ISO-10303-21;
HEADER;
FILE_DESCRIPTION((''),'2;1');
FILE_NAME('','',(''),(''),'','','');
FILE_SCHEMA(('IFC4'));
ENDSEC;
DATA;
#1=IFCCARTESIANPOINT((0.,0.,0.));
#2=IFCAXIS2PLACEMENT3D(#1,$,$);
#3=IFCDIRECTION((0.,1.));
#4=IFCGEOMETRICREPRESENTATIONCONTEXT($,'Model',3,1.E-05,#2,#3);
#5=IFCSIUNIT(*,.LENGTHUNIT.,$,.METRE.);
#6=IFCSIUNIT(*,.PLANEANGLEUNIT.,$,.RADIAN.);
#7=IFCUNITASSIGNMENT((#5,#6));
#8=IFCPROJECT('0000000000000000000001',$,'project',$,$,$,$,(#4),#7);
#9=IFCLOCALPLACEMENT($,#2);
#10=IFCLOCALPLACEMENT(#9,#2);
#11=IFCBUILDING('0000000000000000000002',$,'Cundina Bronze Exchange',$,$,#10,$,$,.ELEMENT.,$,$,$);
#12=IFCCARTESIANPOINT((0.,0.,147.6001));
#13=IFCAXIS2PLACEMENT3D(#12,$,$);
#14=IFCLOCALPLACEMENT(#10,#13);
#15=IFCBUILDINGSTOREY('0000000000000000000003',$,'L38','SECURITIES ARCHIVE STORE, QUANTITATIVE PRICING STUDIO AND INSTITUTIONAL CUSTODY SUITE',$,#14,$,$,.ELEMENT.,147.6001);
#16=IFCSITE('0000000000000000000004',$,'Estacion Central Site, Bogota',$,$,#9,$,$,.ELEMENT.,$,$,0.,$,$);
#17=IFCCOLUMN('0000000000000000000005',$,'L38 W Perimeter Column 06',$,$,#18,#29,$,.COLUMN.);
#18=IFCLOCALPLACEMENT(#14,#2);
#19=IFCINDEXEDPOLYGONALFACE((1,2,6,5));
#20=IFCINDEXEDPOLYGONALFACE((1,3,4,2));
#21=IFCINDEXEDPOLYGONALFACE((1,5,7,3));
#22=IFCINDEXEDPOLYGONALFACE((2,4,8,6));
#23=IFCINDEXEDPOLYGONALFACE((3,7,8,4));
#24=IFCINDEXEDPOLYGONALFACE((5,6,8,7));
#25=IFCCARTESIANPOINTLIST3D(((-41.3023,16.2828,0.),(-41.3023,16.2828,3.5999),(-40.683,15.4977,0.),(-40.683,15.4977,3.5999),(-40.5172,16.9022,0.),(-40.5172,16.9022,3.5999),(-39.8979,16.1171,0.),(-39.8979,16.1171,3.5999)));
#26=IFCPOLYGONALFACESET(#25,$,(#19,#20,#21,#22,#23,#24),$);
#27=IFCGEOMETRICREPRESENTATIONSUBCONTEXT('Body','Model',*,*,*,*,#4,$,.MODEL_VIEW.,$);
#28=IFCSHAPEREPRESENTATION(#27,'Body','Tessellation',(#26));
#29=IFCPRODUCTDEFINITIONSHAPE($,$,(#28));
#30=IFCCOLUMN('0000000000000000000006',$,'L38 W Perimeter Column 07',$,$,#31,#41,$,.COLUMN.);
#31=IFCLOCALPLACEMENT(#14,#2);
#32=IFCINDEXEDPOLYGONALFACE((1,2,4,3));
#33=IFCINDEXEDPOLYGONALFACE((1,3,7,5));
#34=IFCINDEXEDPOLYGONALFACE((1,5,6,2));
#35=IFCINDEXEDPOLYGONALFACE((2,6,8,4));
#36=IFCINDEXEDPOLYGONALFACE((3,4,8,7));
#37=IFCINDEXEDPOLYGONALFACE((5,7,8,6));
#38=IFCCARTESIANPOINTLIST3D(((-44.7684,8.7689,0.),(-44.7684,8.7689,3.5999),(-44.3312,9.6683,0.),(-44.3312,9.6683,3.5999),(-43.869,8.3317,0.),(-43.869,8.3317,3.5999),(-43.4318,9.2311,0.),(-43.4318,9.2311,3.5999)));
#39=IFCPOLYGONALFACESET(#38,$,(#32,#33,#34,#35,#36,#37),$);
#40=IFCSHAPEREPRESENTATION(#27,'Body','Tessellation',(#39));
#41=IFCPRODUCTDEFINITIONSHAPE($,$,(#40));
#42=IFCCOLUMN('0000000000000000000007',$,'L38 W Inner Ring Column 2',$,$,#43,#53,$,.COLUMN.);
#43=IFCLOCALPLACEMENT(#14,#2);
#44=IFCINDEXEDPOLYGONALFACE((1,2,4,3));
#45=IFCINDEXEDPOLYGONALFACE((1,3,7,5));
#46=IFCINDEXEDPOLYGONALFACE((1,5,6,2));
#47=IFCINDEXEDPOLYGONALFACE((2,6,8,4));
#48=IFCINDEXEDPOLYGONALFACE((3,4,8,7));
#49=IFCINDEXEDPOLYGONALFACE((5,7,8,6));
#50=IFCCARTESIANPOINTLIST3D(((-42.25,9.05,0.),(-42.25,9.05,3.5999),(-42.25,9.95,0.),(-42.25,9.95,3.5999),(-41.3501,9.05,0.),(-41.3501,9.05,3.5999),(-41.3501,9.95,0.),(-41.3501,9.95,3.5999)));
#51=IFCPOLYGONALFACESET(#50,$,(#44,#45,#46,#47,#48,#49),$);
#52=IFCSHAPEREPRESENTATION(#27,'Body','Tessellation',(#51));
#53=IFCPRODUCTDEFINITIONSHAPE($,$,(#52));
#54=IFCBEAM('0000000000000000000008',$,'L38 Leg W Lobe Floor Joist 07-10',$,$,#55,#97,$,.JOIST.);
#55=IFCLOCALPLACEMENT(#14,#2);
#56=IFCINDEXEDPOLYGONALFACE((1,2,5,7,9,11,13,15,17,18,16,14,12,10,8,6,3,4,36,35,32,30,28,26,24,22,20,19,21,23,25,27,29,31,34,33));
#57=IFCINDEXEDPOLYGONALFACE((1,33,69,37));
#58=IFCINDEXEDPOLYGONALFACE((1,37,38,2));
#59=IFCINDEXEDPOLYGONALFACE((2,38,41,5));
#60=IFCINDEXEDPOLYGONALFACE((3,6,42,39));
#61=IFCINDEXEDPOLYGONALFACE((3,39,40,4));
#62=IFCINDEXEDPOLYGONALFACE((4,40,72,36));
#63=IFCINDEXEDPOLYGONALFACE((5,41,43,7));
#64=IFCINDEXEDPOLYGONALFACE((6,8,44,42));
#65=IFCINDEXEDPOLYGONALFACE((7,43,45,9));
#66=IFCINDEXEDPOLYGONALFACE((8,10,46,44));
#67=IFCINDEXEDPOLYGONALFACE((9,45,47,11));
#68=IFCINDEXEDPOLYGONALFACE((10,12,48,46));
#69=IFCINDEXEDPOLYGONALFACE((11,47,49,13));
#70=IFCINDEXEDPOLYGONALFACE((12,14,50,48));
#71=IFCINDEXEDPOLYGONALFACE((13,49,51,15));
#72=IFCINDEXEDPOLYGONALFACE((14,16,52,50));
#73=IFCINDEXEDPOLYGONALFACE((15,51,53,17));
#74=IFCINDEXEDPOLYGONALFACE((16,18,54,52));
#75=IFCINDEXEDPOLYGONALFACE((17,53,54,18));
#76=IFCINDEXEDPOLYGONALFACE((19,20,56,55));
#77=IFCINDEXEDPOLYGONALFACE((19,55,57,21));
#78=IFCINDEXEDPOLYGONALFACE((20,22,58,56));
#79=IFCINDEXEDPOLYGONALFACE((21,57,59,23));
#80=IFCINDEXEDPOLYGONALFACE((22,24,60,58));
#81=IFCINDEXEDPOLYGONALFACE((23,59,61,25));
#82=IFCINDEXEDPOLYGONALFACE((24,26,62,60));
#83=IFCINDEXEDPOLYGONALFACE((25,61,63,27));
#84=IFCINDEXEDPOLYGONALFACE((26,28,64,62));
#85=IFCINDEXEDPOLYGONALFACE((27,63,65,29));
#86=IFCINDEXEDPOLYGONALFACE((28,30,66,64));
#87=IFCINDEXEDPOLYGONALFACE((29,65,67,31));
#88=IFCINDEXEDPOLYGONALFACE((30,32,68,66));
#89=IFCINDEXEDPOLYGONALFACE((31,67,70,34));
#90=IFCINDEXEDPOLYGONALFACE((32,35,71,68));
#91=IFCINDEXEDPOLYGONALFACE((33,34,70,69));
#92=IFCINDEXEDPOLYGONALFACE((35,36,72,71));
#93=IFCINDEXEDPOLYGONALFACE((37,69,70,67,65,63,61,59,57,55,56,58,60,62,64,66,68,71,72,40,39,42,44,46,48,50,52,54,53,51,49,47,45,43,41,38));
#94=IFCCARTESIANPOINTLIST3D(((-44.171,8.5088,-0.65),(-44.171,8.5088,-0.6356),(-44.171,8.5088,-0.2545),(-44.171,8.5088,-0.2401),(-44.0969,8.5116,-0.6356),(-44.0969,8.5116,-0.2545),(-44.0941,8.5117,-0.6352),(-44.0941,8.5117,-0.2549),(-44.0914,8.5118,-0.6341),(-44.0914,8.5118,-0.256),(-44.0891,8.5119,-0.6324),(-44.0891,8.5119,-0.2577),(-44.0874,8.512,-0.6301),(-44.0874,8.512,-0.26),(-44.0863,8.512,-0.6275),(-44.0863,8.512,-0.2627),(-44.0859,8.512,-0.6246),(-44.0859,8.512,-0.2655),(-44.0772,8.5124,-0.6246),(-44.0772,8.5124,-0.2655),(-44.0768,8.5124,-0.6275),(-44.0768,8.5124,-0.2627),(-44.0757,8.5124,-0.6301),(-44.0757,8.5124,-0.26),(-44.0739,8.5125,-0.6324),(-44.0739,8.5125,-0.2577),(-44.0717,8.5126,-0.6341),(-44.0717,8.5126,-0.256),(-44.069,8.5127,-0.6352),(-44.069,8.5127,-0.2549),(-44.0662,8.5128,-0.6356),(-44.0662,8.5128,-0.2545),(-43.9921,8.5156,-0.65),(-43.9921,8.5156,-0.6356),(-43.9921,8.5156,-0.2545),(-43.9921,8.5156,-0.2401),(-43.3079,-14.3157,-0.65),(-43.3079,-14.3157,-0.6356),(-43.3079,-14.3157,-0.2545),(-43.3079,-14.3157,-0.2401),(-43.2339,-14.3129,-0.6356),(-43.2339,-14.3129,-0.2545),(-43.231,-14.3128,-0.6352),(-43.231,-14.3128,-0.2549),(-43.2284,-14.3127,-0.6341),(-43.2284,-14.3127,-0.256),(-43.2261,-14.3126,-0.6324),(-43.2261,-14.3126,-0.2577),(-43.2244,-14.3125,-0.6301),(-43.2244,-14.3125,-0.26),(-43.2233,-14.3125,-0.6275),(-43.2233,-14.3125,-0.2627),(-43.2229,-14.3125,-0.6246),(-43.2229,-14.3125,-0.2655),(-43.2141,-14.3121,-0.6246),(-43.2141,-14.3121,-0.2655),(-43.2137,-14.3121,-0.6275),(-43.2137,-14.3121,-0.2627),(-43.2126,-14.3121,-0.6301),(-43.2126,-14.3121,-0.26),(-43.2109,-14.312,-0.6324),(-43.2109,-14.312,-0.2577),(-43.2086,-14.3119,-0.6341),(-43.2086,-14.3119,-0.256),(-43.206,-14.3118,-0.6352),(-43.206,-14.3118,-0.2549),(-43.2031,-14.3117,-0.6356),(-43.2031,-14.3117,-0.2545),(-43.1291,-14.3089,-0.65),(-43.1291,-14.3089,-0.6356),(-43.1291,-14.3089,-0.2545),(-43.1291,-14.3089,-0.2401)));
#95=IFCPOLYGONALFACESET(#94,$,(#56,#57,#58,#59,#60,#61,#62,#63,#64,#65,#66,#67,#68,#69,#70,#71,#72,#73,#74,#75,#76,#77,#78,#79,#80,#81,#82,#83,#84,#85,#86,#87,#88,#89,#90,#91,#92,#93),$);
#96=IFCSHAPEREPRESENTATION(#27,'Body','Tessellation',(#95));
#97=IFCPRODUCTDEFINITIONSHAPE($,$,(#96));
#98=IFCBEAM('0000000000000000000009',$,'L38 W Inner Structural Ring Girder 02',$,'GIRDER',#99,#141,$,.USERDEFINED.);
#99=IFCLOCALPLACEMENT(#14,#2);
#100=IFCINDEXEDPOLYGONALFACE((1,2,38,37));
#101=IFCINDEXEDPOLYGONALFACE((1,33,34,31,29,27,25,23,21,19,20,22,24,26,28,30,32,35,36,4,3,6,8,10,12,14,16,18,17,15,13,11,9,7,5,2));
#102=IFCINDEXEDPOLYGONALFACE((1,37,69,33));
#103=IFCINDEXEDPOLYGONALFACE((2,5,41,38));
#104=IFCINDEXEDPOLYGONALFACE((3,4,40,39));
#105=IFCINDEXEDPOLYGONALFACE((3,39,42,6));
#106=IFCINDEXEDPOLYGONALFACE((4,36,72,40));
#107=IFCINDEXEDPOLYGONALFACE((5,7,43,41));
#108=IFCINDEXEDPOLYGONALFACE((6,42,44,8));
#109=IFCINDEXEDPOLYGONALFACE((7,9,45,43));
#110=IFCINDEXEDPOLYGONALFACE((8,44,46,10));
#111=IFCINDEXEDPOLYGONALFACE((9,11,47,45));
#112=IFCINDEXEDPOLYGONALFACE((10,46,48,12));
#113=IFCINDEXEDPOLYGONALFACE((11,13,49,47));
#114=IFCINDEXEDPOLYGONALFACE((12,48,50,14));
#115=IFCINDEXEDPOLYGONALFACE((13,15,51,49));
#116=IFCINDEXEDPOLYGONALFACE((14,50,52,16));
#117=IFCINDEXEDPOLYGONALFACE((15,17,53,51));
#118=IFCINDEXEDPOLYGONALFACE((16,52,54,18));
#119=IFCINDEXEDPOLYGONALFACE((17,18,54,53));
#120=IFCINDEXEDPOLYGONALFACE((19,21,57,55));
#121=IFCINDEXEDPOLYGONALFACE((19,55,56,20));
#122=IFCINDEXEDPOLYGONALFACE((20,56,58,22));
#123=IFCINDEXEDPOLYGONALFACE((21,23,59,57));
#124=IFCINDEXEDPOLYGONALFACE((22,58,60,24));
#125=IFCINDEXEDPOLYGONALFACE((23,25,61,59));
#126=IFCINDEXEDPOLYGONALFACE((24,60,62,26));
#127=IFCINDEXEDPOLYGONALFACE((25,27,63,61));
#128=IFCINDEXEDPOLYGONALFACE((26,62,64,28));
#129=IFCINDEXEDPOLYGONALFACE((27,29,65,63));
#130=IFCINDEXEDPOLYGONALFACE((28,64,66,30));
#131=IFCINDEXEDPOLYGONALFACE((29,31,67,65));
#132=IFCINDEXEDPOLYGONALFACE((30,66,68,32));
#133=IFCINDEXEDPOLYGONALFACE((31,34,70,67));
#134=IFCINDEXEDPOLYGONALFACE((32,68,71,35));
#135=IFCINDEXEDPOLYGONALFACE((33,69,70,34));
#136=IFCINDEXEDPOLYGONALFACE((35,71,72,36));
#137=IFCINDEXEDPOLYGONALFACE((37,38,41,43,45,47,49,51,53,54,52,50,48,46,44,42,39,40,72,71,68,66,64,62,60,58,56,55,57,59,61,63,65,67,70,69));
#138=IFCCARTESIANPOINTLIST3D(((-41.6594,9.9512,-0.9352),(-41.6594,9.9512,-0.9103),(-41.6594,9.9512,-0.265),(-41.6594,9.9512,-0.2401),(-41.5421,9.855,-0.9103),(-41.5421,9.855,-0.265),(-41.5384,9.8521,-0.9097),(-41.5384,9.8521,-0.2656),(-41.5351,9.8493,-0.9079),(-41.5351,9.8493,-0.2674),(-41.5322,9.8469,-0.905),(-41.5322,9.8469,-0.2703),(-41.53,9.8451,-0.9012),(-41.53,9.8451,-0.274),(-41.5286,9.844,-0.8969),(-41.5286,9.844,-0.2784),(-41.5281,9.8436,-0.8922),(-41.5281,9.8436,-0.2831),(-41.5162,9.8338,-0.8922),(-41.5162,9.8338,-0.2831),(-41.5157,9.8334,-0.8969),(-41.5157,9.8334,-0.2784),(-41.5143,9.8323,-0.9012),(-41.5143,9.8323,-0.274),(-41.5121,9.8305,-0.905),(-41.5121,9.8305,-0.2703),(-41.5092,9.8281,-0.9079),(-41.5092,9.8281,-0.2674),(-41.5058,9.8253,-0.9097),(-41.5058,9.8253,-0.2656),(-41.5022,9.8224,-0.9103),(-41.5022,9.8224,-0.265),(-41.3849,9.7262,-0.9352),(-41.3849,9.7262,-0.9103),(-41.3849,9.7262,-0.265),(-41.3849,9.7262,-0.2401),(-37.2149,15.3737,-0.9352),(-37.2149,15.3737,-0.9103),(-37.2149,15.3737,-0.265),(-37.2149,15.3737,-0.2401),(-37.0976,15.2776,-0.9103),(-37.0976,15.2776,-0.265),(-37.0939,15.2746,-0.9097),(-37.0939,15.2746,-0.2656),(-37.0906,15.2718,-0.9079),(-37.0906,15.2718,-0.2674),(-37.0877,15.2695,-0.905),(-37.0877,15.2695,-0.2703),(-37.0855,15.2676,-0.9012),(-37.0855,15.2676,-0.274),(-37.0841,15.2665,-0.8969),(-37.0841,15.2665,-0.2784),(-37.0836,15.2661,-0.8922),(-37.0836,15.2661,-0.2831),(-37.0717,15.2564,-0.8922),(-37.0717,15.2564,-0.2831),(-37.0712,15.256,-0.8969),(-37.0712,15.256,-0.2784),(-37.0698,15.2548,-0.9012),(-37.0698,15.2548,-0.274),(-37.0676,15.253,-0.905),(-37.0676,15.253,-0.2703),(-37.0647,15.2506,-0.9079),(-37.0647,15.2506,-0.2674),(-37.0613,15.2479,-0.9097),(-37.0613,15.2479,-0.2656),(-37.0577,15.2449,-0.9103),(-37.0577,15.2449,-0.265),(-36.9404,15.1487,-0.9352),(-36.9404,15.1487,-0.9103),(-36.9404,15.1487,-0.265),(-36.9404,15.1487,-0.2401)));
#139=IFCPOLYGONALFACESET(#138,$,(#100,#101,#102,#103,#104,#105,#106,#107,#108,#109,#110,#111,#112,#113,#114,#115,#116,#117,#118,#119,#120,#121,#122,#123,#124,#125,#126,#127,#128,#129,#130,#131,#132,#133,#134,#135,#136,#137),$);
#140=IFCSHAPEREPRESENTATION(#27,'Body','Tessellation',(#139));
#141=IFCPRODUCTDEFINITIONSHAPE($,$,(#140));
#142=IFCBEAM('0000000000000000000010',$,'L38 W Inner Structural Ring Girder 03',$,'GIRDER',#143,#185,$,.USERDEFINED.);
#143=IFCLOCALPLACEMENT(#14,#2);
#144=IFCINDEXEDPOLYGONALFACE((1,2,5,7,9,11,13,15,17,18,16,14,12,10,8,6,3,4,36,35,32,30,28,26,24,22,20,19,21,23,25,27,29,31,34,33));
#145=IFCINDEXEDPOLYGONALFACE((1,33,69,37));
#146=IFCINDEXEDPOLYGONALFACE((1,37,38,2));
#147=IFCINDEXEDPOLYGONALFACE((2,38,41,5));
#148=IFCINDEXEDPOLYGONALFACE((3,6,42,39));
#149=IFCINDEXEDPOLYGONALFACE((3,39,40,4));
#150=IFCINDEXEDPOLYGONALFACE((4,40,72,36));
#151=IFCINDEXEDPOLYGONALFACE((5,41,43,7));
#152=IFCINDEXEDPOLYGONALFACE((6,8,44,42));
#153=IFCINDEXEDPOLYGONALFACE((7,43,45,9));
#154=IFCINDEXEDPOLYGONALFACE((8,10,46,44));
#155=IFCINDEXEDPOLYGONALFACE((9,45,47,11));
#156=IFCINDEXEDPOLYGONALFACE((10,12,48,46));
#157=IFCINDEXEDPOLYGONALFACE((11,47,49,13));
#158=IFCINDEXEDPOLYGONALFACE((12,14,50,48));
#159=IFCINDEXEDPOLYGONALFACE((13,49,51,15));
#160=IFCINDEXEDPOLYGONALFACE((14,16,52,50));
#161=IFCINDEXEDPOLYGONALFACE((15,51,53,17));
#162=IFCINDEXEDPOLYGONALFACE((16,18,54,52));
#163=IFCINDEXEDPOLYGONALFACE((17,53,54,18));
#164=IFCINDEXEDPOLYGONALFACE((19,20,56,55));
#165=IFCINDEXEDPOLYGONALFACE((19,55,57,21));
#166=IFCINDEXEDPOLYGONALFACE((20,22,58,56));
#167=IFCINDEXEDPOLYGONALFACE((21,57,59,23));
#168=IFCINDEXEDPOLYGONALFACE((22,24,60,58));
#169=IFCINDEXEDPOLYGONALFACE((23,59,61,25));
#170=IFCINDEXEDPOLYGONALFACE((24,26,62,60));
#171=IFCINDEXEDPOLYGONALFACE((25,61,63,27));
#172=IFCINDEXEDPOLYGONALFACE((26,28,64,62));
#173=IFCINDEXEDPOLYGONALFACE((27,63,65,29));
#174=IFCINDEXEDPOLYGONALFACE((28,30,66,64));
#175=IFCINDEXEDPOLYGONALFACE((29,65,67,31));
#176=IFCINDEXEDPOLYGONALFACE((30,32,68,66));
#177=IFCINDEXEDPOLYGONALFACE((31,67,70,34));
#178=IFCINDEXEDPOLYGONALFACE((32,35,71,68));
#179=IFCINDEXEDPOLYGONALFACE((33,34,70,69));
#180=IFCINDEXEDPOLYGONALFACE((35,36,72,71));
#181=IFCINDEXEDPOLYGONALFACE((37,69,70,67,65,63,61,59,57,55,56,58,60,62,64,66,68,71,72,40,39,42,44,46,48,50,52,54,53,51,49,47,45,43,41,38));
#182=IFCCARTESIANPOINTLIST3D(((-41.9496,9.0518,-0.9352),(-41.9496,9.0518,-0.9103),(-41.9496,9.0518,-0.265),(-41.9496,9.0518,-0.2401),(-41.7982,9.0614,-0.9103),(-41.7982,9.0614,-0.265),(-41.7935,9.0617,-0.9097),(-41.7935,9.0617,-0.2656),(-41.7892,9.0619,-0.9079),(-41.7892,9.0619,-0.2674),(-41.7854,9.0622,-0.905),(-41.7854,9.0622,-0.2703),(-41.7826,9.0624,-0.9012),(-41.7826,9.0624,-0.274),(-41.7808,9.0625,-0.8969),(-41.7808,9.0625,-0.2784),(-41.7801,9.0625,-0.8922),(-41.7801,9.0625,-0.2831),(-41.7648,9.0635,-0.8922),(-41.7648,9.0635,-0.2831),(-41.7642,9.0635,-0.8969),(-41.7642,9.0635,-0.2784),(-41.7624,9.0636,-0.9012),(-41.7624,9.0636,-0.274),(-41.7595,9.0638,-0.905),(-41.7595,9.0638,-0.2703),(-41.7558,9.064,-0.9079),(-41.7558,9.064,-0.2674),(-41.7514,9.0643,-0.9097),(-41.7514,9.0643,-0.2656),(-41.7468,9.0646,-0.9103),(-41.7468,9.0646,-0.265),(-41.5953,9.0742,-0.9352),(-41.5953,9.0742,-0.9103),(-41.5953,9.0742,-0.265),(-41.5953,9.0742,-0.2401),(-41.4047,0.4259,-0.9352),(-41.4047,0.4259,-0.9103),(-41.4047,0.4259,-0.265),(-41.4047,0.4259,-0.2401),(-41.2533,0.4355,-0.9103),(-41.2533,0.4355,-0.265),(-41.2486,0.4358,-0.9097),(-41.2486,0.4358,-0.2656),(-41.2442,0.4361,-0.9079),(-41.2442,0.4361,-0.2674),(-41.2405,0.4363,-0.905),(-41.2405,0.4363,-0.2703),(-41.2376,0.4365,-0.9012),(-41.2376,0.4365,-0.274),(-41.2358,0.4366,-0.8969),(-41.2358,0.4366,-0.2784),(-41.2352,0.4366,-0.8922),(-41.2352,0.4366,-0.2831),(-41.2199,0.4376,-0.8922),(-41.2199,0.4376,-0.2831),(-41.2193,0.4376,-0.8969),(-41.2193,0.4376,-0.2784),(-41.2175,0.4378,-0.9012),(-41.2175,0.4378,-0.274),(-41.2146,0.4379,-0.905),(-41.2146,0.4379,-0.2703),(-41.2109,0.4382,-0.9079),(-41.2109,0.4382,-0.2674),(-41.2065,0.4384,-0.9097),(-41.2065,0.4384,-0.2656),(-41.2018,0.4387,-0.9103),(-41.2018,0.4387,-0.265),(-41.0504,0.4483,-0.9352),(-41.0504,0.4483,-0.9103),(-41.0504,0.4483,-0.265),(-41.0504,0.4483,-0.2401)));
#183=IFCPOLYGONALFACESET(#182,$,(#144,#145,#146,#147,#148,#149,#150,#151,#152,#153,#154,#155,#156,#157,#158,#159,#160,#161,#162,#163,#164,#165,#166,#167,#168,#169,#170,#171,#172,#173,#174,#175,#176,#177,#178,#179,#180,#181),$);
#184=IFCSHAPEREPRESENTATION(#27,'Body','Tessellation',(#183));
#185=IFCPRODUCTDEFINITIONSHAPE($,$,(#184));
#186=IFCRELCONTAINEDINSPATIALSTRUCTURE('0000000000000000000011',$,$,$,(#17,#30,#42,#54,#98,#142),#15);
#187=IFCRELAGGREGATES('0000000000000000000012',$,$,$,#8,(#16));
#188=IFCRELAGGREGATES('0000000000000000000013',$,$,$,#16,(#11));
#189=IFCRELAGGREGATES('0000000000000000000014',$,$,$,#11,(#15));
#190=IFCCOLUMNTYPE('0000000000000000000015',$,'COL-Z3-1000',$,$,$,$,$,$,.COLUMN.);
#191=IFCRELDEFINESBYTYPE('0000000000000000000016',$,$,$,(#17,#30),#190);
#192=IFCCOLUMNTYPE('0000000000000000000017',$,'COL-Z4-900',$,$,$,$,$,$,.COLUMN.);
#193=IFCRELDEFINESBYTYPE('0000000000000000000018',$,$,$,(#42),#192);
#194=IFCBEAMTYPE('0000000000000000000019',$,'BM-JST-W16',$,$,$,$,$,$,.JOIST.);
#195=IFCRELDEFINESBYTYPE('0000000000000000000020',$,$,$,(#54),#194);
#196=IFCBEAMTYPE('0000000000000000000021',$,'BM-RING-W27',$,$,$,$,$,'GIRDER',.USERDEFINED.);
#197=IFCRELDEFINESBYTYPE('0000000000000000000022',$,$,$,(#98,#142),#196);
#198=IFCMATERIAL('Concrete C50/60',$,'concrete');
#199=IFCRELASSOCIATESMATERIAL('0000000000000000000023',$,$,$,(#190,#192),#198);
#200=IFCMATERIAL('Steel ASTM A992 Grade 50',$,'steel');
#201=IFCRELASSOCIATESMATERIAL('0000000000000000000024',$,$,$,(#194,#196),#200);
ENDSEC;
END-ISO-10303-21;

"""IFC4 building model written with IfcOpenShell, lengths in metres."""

from ifc_helpers import new_model, si_unit, direction, frame, origin, origin_2d, place, context, subcontext, project, spatial, rectangle, i_section, extrude, material, material_profile, profile_set, type_object, element, save


model = new_model("IFC4")

# Units and contexts
model_context = context("Model", 3, precision=1e-05, world=origin(), true_north=direction((0.0, 1.0)))
body_context = subcontext(model_context, "Body", "Model", "MODEL_VIEW")
ifc_project = project(units=[si_unit("LENGTHUNIT", "METRE"), si_unit("PLANEANGLEUNIT", "RADIAN")], contexts=[model_context])

# Site, building, storey
site_placement = place(None, origin())
site = spatial("IfcSite", under=ifc_project, at=site_placement, Name="Estacion Central Site, Bogota", CompositionType="ELEMENT", RefElevation=0.0)
building_placement = place(site_placement, origin())
building = spatial("IfcBuilding", under=site, at=building_placement, Name="Cundina Bronze Exchange", CompositionType="ELEMENT")
storey_placement = place(building_placement, frame((0.0, 0.0, 147.6001)))
storey = spatial("IfcBuildingStorey", under=building, at=storey_placement, Name="L38", Description="SECURITIES ARCHIVE STORE, QUANTITATIVE PRICING STUDIO AND INSTITUTIONAL CUSTODY SUITE", CompositionType="ELEMENT", Elevation=147.6001)

# Columns
ifc_material_1 = material(Name="Concrete C50/60", Category="concrete")
ifc_material_profile_1 = material_profile(ifc_material_1, rectangle(XDim=1.0, YDim=1.0, at=origin_2d()), Name="RC1000X1000", Category="concrete")
ifc_profile_set_1 = profile_set([ifc_material_profile_1], Name="Concrete C50/60")
column_type_1 = type_object("IfcColumnType", Name="COL-Z3-1000", PredefinedType="COLUMN", material=ifc_profile_set_1)
for number, where, z_axis, x_axis, name in (
    (1, (-40.6001, 16.2, 0.0), (0.0, 0.0, 1.0), (-0.785101, -0.619368, 0.0), "L38 W Perimeter Column 06"),
    (2, (-44.1001, 9.0, 0.0), (0.0, 0.0, 1.0), (-0.437116, -0.899405, 0.0), "L38 W Perimeter Column 07"),
):
    element("IfcColumn", number, at=place(storey_placement, frame(where, z_axis=z_axis, x_axis=x_axis)), inside=storey, type_object=column_type_1, Name=name, PredefinedType="COLUMN", context=body_context, shape_type="SweptSolid", body=[
        extrude(rectangle(XDim=1.0, YDim=1.0, at=origin_2d()), origin(), (0.0, 0.0, 1.0), 3.5999),
    ])
ifc_material_profile_2 = material_profile(ifc_material_1, rectangle(XDim=0.8999, YDim=0.8999, at=origin_2d()), Name="RC900X900", Category="concrete")
ifc_profile_set_2 = profile_set([ifc_material_profile_2], Name="Concrete C50/60")
column_type_2 = type_object("IfcColumnType", Name="COL-Z4-900", PredefinedType="COLUMN", material=ifc_profile_set_2)
column_placement = place(storey_placement, frame((-41.8, 9.5, 0.0), z_axis=(0.0, 0.0, 1.0), x_axis=(1.0, 0.0, 0.0)))
element("IfcColumn", 3, at=column_placement, inside=storey, type_object=column_type_2, Name="L38 W Inner Ring Column 2", PredefinedType="COLUMN", context=body_context, shape_type="SweptSolid", body=[
    extrude(rectangle(XDim=0.8999, YDim=0.8999, at=origin_2d()), origin(), (0.0, 0.0, 1.0), 3.5999),
])

# Beams
ifc_material_2 = material(Name="Steel ASTM A992 Grade 50", Category="steel")
ifc_material_profile_3 = material_profile(ifc_material_2, i_section(OverallWidth=0.179, OverallDepth=0.4099, WebThickness=0.0088, FlangeThickness=0.0144, FilletRadius=0.011, at=origin_2d()), Name="W16X45", Category="steel")
ifc_profile_set_3 = profile_set([ifc_material_profile_3], Name="Steel ASTM A992 Grade 50")
beam_type_1 = type_object("IfcBeamType", Name="BM-JST-W16", PredefinedType="JOIST", material=ifc_profile_set_3)
beam_1_placement = place(storey_placement, frame((-44.0815, 8.5122, -0.4451), z_axis=(0.037785, -0.999286, 0.0), x_axis=(0.999286, 0.037785, 0.0)))
element("IfcBeam", 4, at=beam_1_placement, inside=storey, type_object=beam_type_1, Name="L38 Leg W Lobe Floor Joist 07-10", PredefinedType="JOIST", context=body_context, shape_type="SweptSolid", body=[
    extrude(i_section(OverallWidth=0.179, OverallDepth=0.4099, WebThickness=0.0088, FlangeThickness=0.0144, FilletRadius=0.011, at=origin_2d()), origin(), (0.0, 0.0, 1.0), 22.8408),
])
ifc_material_profile_4 = material_profile(ifc_material_2, i_section(OverallWidth=0.355, OverallDepth=0.6951, WebThickness=0.0154, FlangeThickness=0.0249, FilletRadius=0.0181, at=origin_2d()), Name="W27X146", Category="steel")
ifc_profile_set_4 = profile_set([ifc_material_profile_4], Name="Steel ASTM A992 Grade 50")
beam_type_2 = type_object("IfcBeamType", Name="BM-RING-W27", ElementType="GIRDER", PredefinedType="USERDEFINED", material=ifc_profile_set_4)
beam_2_placement = place(storey_placement, frame((-37.0776, 15.2612, -0.5876), z_axis=(-0.633913, -0.773405, 0.0), x_axis=(0.773405, -0.633913, 0.0)))
element("IfcBeam", 5, at=beam_2_placement, inside=storey, type_object=beam_type_2, Name="L38 W Inner Structural Ring Girder 02", ObjectType="GIRDER", PredefinedType="USERDEFINED", context=body_context, shape_type="SweptSolid", body=[
    extrude(i_section(OverallWidth=0.355, OverallDepth=0.6951, WebThickness=0.0154, FlangeThickness=0.0249, FilletRadius=0.0181, at=origin_2d()), origin(), (0.0, 0.0, 1.0), 7.0112),
])
beam_3_placement = place(storey_placement, frame((-41.7725, 9.063, -0.5876), z_axis=(0.063047, -0.998011, 0.0), x_axis=(0.998011, 0.063047, 0.0)))
element("IfcBeam", 6, at=beam_3_placement, inside=storey, type_object=beam_type_2, Name="L38 W Inner Structural Ring Girder 03", ObjectType="GIRDER", PredefinedType="USERDEFINED", context=body_context, shape_type="SweptSolid", body=[
    extrude(i_section(OverallWidth=0.355, OverallDepth=0.6951, WebThickness=0.0154, FlangeThickness=0.0249, FilletRadius=0.0181, at=origin_2d()), origin(), (0.0, 0.0, 1.0), 8.6431),
])

save(model, "model.ifc")
